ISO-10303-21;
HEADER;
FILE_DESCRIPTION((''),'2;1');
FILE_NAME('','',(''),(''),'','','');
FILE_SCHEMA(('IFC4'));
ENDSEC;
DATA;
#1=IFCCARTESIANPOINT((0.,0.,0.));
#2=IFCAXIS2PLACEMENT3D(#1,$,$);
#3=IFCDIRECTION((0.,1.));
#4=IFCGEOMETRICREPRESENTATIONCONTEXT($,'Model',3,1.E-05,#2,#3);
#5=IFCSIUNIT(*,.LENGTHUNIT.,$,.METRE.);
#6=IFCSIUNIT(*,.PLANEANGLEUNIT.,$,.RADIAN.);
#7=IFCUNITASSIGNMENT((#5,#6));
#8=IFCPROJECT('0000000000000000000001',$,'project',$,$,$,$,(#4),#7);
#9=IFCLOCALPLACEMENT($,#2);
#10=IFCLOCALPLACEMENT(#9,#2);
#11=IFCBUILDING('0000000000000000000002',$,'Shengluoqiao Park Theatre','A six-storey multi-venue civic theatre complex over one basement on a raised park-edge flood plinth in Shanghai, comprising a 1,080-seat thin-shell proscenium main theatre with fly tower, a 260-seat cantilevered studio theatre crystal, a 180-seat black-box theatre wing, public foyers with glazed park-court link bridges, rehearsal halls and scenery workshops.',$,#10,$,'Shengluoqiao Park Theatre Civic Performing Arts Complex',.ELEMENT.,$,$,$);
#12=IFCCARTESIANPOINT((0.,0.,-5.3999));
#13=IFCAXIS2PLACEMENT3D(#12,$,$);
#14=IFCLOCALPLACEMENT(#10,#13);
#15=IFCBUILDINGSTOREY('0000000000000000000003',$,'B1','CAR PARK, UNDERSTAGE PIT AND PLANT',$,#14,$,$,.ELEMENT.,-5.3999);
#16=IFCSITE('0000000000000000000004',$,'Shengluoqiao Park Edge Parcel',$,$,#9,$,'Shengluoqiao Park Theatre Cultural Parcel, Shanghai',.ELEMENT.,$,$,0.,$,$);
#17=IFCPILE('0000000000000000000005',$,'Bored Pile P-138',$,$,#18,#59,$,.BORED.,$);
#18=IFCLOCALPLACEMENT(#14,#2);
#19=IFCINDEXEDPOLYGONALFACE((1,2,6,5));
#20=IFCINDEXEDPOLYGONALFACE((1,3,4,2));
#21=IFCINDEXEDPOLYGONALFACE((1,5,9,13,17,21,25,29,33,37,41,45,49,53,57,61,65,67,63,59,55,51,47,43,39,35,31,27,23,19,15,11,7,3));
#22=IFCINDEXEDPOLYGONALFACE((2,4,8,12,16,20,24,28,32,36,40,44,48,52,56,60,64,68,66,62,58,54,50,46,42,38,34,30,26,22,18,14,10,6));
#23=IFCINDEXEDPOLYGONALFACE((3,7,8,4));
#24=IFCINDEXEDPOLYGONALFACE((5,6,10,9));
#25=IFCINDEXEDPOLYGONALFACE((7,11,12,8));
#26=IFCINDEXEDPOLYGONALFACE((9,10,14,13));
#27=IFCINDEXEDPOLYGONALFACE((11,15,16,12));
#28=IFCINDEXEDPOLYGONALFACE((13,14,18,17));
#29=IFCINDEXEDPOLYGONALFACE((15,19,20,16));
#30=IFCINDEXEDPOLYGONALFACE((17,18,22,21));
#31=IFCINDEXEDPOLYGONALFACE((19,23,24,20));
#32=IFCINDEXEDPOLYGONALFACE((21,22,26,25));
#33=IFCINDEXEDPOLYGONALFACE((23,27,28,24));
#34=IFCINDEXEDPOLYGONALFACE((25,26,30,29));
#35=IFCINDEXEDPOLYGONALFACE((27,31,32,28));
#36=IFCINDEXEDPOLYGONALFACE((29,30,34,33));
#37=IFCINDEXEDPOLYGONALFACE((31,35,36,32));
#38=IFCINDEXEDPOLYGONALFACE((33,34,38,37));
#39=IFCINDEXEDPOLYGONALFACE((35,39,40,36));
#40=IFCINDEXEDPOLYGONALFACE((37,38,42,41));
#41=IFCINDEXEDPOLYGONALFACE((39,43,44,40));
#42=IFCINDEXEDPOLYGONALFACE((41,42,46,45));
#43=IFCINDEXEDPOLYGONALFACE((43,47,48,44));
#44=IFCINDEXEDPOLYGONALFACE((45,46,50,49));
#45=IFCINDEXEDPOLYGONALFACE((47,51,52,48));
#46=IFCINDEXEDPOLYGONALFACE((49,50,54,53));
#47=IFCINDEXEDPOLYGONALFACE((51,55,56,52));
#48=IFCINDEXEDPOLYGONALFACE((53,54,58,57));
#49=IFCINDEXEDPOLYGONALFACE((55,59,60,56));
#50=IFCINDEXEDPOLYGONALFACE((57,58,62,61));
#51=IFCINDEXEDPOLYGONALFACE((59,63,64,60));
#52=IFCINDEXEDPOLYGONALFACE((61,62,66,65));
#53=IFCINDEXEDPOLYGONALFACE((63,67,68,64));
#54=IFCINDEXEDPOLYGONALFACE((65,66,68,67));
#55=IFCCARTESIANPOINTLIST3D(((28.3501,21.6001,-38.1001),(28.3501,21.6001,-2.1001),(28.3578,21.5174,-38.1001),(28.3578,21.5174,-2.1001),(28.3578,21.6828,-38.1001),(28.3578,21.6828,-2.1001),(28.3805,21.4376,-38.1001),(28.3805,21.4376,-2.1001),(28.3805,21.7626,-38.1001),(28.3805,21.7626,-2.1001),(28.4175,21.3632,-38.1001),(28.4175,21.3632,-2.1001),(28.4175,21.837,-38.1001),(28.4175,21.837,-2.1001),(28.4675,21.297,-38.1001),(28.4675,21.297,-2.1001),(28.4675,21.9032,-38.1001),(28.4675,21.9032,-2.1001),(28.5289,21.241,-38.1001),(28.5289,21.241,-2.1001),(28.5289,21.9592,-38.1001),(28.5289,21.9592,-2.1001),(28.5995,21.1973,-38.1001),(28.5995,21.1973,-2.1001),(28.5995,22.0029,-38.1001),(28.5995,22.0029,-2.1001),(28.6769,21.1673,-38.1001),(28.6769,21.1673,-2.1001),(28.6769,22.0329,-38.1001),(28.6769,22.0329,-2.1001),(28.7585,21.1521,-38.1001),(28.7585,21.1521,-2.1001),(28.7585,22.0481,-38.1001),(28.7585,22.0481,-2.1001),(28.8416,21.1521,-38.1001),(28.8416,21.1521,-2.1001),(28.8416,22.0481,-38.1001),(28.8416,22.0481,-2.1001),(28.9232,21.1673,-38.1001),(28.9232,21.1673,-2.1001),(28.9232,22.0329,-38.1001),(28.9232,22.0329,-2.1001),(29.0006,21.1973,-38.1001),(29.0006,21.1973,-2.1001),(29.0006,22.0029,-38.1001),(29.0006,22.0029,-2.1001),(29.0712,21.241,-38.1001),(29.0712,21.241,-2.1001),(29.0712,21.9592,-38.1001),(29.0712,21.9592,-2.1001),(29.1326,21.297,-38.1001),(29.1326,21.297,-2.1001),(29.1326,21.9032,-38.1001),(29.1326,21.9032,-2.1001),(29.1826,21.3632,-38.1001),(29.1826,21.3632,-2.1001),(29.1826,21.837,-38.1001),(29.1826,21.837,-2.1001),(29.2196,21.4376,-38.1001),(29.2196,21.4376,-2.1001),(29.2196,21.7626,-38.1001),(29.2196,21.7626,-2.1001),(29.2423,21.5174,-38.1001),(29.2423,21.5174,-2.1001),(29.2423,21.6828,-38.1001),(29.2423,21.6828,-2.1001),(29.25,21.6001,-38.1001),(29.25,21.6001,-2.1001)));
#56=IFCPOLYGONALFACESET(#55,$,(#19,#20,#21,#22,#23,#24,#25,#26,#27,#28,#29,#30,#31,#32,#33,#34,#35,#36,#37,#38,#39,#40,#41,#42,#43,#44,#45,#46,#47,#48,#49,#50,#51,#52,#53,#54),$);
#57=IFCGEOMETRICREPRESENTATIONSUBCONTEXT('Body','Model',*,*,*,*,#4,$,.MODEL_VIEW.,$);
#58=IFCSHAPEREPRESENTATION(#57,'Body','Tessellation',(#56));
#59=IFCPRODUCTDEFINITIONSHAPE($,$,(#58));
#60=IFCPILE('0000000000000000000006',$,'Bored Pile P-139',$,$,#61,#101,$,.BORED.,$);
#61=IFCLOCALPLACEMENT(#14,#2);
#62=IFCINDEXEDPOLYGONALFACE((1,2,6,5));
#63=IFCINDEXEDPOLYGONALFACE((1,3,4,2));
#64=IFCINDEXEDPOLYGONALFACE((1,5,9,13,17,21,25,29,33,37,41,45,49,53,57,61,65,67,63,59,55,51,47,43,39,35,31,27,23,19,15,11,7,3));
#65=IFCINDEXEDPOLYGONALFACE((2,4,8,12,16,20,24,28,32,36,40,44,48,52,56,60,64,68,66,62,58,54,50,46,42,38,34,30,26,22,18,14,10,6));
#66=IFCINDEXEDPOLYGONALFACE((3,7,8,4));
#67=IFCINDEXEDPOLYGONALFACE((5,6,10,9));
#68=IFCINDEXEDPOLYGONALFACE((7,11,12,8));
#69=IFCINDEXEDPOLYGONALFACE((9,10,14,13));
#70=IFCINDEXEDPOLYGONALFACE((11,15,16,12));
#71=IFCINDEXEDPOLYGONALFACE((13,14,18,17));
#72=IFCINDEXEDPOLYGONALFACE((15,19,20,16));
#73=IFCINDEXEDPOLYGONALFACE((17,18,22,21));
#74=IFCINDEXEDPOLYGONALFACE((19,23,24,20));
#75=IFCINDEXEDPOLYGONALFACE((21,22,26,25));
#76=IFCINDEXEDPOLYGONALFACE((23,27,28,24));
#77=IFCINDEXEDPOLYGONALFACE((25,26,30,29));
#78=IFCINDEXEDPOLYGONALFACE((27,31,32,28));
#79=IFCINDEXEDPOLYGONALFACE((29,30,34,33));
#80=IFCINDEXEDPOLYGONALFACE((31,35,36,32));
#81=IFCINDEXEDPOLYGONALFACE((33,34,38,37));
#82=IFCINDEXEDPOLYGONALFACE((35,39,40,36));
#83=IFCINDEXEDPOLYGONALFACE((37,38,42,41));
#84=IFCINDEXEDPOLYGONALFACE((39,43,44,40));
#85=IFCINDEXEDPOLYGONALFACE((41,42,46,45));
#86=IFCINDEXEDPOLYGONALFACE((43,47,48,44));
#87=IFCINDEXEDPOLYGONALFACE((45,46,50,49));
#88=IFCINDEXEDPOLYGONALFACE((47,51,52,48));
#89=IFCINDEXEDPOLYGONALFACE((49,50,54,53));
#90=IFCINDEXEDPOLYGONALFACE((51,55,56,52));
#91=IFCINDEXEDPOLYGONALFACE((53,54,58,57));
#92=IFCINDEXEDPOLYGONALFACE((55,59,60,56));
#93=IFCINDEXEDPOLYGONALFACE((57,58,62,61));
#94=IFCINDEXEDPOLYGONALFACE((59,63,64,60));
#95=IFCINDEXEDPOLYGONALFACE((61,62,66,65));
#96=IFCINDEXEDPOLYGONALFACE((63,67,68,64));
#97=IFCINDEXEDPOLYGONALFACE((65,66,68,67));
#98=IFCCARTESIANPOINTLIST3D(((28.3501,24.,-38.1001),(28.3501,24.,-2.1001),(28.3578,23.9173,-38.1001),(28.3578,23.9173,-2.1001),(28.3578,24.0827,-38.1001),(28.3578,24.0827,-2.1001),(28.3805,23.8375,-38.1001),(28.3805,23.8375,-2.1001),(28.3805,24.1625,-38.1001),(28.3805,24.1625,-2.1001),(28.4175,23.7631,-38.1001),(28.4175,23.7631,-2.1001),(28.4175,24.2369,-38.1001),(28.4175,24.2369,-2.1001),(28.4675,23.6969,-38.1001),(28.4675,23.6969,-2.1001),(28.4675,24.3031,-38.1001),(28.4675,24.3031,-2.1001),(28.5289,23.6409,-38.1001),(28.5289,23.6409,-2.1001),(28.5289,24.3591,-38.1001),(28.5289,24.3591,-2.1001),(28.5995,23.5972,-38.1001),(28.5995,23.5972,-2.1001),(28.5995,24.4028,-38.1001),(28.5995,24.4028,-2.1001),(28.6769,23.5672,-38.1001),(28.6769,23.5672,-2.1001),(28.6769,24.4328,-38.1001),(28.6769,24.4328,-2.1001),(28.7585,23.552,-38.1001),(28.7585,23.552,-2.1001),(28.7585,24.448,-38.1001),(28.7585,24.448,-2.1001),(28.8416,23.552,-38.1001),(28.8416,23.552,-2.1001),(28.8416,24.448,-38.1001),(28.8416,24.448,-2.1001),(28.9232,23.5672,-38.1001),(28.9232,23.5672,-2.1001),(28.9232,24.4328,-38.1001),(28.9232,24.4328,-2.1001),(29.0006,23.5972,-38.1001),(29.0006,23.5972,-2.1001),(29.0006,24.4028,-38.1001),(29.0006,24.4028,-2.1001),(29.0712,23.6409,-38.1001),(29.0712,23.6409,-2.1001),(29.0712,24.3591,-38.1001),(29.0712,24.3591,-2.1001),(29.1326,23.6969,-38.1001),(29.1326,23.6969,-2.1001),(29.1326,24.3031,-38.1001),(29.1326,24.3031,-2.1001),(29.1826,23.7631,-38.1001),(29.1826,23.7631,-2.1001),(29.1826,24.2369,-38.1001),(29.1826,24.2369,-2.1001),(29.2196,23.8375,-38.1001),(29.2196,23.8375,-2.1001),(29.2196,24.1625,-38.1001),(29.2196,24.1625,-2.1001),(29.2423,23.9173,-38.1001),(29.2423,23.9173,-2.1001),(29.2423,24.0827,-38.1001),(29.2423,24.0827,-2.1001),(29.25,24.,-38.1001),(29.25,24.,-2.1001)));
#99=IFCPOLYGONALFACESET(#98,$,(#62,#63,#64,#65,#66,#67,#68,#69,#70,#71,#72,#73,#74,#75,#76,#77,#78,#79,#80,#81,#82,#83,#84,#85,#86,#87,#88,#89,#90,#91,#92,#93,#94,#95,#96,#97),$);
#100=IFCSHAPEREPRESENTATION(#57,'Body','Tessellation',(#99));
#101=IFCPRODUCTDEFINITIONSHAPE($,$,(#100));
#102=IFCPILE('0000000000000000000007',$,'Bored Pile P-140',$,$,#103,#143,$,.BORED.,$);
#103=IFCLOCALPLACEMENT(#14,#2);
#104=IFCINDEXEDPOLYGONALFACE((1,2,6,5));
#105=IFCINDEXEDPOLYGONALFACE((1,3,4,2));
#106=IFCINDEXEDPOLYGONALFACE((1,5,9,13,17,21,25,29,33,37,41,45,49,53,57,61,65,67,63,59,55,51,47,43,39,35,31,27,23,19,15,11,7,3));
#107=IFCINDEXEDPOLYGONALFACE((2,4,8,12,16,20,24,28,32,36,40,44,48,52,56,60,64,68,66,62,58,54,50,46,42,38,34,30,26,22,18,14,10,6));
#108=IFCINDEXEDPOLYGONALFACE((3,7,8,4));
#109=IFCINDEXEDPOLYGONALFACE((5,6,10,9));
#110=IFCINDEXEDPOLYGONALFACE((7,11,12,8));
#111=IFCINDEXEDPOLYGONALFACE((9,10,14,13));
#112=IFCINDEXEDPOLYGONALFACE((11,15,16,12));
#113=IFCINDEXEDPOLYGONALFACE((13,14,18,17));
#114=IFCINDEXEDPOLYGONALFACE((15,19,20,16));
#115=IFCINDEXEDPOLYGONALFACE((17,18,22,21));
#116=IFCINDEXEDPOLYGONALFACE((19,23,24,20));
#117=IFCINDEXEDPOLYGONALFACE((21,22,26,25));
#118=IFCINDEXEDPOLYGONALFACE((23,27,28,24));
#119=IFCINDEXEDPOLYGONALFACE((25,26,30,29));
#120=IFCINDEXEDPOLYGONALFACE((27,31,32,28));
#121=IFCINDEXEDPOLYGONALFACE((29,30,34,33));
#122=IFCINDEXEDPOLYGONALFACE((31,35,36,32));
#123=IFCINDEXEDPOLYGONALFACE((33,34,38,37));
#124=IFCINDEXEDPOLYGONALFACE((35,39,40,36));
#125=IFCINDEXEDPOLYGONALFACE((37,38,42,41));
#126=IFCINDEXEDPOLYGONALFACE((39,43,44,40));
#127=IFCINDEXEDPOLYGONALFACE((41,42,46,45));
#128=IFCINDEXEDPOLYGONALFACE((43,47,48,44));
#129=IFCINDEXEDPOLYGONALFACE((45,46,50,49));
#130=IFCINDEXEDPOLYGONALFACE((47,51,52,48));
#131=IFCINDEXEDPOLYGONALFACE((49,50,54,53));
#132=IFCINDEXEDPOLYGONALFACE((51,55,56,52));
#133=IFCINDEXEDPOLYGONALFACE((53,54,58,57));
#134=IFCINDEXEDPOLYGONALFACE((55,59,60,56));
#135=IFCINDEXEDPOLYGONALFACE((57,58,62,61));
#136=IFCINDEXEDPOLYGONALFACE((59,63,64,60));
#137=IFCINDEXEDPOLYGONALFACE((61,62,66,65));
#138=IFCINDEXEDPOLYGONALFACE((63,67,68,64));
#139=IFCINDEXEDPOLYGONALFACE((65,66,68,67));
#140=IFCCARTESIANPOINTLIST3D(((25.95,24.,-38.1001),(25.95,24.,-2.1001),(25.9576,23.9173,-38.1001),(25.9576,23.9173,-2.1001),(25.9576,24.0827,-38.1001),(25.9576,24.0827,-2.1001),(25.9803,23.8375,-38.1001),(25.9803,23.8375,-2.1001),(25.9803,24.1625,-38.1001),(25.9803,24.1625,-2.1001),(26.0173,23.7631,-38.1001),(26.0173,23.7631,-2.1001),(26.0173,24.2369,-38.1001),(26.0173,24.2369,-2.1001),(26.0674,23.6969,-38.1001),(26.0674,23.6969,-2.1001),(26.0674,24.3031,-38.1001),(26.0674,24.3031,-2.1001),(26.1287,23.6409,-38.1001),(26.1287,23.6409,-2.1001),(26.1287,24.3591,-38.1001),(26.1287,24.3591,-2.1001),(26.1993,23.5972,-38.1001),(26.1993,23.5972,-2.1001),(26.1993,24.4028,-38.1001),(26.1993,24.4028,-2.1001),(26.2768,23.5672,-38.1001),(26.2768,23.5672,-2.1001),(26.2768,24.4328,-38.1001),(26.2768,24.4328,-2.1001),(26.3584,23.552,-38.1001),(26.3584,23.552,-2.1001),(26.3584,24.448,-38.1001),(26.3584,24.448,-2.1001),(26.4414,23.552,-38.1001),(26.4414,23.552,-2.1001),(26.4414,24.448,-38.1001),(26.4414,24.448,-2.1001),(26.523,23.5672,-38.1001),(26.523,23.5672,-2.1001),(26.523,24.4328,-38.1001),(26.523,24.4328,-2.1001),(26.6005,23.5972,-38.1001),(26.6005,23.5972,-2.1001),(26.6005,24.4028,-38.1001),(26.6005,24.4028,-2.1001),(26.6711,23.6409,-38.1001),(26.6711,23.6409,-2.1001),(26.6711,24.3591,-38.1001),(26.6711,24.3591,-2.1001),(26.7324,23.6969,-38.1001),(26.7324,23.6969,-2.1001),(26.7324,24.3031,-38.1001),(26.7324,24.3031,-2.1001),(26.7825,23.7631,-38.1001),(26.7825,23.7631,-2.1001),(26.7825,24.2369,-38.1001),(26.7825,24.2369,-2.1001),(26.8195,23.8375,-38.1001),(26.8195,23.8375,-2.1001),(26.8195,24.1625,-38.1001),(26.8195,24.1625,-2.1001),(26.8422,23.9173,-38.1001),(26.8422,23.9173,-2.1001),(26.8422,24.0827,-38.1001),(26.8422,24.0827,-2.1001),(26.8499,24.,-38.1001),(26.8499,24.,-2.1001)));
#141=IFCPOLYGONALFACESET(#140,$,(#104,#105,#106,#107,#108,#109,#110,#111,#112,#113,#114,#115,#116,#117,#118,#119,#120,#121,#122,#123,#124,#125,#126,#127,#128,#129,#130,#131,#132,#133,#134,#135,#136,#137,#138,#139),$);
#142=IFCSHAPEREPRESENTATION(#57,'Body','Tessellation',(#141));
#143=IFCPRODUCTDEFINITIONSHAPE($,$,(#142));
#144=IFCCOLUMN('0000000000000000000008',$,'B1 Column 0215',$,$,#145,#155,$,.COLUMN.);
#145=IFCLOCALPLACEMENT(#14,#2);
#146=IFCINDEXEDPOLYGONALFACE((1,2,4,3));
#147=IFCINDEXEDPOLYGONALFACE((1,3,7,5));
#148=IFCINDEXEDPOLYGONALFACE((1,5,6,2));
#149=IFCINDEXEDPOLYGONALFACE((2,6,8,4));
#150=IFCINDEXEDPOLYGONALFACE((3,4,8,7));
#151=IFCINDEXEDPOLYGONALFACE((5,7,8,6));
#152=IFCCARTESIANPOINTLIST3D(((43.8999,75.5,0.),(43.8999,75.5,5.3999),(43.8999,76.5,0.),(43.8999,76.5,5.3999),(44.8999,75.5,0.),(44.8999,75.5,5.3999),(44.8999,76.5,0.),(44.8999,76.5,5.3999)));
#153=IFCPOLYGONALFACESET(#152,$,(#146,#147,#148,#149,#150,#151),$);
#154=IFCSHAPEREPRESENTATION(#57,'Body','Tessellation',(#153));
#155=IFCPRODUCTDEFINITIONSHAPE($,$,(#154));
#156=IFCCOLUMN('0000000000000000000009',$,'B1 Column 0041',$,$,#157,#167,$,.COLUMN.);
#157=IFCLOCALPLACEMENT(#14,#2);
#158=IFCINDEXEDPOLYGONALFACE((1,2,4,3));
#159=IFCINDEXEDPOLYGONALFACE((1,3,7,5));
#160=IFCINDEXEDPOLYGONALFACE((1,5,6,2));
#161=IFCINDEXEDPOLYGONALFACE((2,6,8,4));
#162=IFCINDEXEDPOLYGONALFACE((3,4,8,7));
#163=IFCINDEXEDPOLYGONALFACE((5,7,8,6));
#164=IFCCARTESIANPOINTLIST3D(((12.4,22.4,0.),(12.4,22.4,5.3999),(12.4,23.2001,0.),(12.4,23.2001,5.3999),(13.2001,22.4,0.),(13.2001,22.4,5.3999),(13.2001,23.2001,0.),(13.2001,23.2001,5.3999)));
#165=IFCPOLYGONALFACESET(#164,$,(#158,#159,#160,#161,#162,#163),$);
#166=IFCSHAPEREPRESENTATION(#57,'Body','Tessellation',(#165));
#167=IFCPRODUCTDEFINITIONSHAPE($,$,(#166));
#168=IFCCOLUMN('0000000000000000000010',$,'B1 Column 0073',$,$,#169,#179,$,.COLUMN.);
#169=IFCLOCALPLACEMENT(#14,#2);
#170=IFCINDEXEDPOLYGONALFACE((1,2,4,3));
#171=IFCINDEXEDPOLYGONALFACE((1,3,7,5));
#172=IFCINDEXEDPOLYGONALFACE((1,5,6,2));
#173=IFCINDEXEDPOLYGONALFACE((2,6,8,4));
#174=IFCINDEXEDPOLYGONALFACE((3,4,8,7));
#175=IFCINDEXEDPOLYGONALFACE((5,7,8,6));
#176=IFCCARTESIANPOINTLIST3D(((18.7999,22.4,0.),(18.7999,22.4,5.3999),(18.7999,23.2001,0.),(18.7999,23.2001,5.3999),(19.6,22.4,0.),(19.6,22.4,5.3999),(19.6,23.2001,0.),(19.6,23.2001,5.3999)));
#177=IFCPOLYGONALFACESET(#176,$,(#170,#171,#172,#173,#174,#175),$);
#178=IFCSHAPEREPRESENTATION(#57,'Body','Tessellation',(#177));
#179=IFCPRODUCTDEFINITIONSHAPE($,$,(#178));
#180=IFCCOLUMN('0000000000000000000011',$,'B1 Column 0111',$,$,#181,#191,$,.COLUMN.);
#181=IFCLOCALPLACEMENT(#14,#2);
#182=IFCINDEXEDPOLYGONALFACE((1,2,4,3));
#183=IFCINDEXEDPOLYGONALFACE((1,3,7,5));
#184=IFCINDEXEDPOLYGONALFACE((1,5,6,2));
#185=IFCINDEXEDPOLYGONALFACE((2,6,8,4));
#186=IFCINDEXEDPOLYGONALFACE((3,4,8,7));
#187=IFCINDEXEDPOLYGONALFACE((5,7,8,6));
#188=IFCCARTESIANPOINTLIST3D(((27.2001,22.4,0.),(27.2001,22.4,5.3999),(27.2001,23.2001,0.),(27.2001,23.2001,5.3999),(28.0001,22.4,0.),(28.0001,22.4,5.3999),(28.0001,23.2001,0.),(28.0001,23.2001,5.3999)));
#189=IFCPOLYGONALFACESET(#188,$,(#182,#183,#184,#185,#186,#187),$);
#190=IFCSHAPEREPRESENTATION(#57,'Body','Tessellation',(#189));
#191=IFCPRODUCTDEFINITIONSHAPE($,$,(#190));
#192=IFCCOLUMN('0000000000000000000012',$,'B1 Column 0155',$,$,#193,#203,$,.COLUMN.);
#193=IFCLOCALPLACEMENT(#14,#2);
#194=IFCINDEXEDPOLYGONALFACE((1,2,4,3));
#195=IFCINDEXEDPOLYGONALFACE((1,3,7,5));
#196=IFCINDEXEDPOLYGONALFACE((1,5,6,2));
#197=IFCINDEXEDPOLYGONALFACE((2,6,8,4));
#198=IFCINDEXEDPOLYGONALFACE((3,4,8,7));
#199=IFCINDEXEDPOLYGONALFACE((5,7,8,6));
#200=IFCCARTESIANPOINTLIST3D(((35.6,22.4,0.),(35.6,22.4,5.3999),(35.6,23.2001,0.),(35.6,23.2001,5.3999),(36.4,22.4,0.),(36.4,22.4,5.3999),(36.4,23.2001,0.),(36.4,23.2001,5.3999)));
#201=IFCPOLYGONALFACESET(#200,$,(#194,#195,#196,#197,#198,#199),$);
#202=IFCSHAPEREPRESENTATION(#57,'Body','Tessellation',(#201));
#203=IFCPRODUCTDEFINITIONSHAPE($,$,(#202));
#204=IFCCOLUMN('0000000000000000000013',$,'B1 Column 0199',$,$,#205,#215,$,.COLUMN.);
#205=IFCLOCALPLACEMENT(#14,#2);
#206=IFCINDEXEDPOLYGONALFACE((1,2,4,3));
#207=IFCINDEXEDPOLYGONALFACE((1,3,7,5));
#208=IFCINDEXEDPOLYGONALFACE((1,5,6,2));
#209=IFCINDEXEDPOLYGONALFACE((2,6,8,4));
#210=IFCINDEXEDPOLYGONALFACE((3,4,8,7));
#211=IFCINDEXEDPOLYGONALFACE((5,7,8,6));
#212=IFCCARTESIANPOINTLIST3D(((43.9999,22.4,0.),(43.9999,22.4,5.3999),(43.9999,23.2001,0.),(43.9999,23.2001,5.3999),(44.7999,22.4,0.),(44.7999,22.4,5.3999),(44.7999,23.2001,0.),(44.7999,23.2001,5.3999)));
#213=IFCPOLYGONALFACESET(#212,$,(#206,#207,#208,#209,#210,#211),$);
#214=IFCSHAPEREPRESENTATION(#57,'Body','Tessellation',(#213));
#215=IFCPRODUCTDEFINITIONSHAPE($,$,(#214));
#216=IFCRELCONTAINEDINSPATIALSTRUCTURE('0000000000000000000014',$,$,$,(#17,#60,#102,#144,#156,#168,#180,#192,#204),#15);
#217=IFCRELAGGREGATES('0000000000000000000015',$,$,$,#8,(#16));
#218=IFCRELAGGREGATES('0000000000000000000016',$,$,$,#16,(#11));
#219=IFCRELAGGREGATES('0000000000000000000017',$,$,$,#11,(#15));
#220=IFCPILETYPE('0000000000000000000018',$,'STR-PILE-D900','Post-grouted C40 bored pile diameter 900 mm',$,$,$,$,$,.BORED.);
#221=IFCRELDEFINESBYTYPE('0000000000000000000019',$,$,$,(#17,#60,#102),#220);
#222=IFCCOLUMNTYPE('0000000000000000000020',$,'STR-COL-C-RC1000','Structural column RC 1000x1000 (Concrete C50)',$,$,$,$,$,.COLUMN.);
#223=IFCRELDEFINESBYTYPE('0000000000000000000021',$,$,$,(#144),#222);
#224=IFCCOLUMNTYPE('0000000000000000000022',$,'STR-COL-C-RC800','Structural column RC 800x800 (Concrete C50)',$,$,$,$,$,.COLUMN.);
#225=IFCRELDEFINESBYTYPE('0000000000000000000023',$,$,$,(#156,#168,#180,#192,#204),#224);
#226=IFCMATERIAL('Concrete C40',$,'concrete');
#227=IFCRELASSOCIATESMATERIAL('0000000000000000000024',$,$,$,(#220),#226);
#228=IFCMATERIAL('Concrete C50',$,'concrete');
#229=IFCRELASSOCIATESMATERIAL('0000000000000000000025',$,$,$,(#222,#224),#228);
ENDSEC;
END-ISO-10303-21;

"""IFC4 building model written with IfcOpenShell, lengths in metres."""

from ifc_helpers import new_model, si_unit, direction, frame, origin, origin_2d, place, context, subcontext, project, spatial, rectangle, circle, extrude, material, material_profile, profile_set, type_object, element, save


model = new_model("IFC4")

# Units and contexts
model_context = context("Model", 3, precision=1e-05, world=origin(), true_north=direction((0.0, 1.0)))
body_context = subcontext(model_context, "Body", "Model", "MODEL_VIEW")
ifc_project = project(units=[si_unit("LENGTHUNIT", "METRE"), si_unit("PLANEANGLEUNIT", "RADIAN")], contexts=[model_context])

# Site, building, storey
site_placement = place(None, origin())
site = spatial("IfcSite", under=ifc_project, at=site_placement, Name="Shengluoqiao Park Edge Parcel", LongName="Shengluoqiao Park Theatre Cultural Parcel, Shanghai", CompositionType="ELEMENT", RefElevation=0.0)
building_placement = place(site_placement, origin())
building = spatial("IfcBuilding", under=site, at=building_placement, Name="Shengluoqiao Park Theatre", Description="A six-storey multi-venue civic theatre complex over one basement on a raised park-edge flood plinth in Shanghai, comprising a 1,080-seat thin-shell proscenium main theatre with fly tower, a 260-seat cantilevered studio theatre crystal, a 180-seat black-box theatre wing, public foyers with glazed park-court link bridges, rehearsal halls and scenery workshops.", LongName="Shengluoqiao Park Theatre Civic Performing Arts Complex", CompositionType="ELEMENT")
storey_placement = place(building_placement, frame((0.0, 0.0, -5.3999)))
storey = spatial("IfcBuildingStorey", under=building, at=storey_placement, Name="B1", Description="CAR PARK, UNDERSTAGE PIT AND PLANT", CompositionType="ELEMENT", Elevation=-5.3999)

# Shared definitions
ifc_material_1 = material(Name="Concrete C40", Category="concrete")

# Piles
ifc_material_profile_1 = material_profile(ifc_material_1, circle(Radius=0.45, at=origin_2d()), Name="BORED PILE D900")
ifc_profile_set_1 = profile_set([ifc_material_profile_1], Name="Concrete C40")
pile_type_1 = type_object("IfcPileType", Name="STR-PILE-D900", Description="Post-grouted C40 bored pile diameter 900 mm", PredefinedType="BORED", material=ifc_profile_set_1)
for number, where, z_axis, x_axis, name in (
    (1, (28.8, 21.6001, -2.1001), (0.0, 0.0, -1.0), (1.0, 0.0, 0.0), "Bored Pile P-138"),
    (2, (28.8, 24.0, -2.1001), (0.0, 0.0, -1.0), (1.0, 0.0, 0.0), "Bored Pile P-139"),
    (3, (26.3999, 24.0, -2.1001), (0.0, 0.0, -1.0), (1.0, 0.0, 0.0), "Bored Pile P-140"),
):
    element("IfcPile", number, at=place(storey_placement, frame(where, z_axis=z_axis, x_axis=x_axis)), inside=storey, type_object=pile_type_1, Name=name, PredefinedType="BORED", context=body_context, shape_type="SweptSolid", body=[
        extrude(circle(Radius=0.45, at=origin_2d()), origin(), (0.0, 0.0, 1.0), 36.0),
    ])

# Columns
ifc_material_2 = material(Name="Concrete C50", Category="concrete")
ifc_material_profile_2 = material_profile(ifc_material_2, rectangle(XDim=1.0, YDim=1.0, at=origin_2d()), Name="RC 1000x1000")
ifc_profile_set_2 = profile_set([ifc_material_profile_2], Name="Concrete C50")
column_type_1 = type_object("IfcColumnType", Name="STR-COL-C-RC1000", Description="Structural column RC 1000x1000 (Concrete C50)", PredefinedType="COLUMN", material=ifc_profile_set_2)
column_placement = place(storey_placement, frame((44.3999, 76.0, 0.0), z_axis=(0.0, 0.0, 1.0), x_axis=(1.0, 0.0, 0.0)))
element("IfcColumn", 4, at=column_placement, inside=storey, type_object=column_type_1, Name="B1 Column 0215", PredefinedType="COLUMN", context=body_context, shape_type="SweptSolid", body=[
    extrude(rectangle(XDim=1.0, YDim=1.0, at=origin_2d()), origin(), (0.0, 0.0, 1.0), 5.3999),
])
ifc_material_profile_3 = material_profile(ifc_material_2, rectangle(XDim=0.8, YDim=0.8, at=origin_2d()), Name="RC 800x800")
ifc_profile_set_3 = profile_set([ifc_material_profile_3], Name="Concrete C50")
column_type_2 = type_object("IfcColumnType", Name="STR-COL-C-RC800", Description="Structural column RC 800x800 (Concrete C50)", PredefinedType="COLUMN", material=ifc_profile_set_3)
for number, where, z_axis, x_axis, name in (
    (5, (12.8, 22.8, 0.0), (0.0, 0.0, 1.0), (1.0, 0.0, 0.0), "B1 Column 0041"),
    (6, (19.2, 22.8, 0.0), (0.0, 0.0, 1.0), (1.0, 0.0, 0.0), "B1 Column 0073"),
    (7, (27.6001, 22.8, 0.0), (0.0, 0.0, 1.0), (1.0, 0.0, 0.0), "B1 Column 0111"),
    (8, (36.0, 22.8, 0.0), (0.0, 0.0, 1.0), (1.0, 0.0, 0.0), "B1 Column 0155"),
    (9, (44.3999, 22.8, 0.0), (0.0, 0.0, 1.0), (1.0, 0.0, 0.0), "B1 Column 0199"),
):
    element("IfcColumn", number, at=place(storey_placement, frame(where, z_axis=z_axis, x_axis=x_axis)), inside=storey, type_object=column_type_2, Name=name, PredefinedType="COLUMN", context=body_context, shape_type="SweptSolid", body=[
        extrude(rectangle(XDim=0.8, YDim=0.8, at=origin_2d()), origin(), (0.0, 0.0, 1.0), 5.3999),
    ])

save(model, "model.ifc")
